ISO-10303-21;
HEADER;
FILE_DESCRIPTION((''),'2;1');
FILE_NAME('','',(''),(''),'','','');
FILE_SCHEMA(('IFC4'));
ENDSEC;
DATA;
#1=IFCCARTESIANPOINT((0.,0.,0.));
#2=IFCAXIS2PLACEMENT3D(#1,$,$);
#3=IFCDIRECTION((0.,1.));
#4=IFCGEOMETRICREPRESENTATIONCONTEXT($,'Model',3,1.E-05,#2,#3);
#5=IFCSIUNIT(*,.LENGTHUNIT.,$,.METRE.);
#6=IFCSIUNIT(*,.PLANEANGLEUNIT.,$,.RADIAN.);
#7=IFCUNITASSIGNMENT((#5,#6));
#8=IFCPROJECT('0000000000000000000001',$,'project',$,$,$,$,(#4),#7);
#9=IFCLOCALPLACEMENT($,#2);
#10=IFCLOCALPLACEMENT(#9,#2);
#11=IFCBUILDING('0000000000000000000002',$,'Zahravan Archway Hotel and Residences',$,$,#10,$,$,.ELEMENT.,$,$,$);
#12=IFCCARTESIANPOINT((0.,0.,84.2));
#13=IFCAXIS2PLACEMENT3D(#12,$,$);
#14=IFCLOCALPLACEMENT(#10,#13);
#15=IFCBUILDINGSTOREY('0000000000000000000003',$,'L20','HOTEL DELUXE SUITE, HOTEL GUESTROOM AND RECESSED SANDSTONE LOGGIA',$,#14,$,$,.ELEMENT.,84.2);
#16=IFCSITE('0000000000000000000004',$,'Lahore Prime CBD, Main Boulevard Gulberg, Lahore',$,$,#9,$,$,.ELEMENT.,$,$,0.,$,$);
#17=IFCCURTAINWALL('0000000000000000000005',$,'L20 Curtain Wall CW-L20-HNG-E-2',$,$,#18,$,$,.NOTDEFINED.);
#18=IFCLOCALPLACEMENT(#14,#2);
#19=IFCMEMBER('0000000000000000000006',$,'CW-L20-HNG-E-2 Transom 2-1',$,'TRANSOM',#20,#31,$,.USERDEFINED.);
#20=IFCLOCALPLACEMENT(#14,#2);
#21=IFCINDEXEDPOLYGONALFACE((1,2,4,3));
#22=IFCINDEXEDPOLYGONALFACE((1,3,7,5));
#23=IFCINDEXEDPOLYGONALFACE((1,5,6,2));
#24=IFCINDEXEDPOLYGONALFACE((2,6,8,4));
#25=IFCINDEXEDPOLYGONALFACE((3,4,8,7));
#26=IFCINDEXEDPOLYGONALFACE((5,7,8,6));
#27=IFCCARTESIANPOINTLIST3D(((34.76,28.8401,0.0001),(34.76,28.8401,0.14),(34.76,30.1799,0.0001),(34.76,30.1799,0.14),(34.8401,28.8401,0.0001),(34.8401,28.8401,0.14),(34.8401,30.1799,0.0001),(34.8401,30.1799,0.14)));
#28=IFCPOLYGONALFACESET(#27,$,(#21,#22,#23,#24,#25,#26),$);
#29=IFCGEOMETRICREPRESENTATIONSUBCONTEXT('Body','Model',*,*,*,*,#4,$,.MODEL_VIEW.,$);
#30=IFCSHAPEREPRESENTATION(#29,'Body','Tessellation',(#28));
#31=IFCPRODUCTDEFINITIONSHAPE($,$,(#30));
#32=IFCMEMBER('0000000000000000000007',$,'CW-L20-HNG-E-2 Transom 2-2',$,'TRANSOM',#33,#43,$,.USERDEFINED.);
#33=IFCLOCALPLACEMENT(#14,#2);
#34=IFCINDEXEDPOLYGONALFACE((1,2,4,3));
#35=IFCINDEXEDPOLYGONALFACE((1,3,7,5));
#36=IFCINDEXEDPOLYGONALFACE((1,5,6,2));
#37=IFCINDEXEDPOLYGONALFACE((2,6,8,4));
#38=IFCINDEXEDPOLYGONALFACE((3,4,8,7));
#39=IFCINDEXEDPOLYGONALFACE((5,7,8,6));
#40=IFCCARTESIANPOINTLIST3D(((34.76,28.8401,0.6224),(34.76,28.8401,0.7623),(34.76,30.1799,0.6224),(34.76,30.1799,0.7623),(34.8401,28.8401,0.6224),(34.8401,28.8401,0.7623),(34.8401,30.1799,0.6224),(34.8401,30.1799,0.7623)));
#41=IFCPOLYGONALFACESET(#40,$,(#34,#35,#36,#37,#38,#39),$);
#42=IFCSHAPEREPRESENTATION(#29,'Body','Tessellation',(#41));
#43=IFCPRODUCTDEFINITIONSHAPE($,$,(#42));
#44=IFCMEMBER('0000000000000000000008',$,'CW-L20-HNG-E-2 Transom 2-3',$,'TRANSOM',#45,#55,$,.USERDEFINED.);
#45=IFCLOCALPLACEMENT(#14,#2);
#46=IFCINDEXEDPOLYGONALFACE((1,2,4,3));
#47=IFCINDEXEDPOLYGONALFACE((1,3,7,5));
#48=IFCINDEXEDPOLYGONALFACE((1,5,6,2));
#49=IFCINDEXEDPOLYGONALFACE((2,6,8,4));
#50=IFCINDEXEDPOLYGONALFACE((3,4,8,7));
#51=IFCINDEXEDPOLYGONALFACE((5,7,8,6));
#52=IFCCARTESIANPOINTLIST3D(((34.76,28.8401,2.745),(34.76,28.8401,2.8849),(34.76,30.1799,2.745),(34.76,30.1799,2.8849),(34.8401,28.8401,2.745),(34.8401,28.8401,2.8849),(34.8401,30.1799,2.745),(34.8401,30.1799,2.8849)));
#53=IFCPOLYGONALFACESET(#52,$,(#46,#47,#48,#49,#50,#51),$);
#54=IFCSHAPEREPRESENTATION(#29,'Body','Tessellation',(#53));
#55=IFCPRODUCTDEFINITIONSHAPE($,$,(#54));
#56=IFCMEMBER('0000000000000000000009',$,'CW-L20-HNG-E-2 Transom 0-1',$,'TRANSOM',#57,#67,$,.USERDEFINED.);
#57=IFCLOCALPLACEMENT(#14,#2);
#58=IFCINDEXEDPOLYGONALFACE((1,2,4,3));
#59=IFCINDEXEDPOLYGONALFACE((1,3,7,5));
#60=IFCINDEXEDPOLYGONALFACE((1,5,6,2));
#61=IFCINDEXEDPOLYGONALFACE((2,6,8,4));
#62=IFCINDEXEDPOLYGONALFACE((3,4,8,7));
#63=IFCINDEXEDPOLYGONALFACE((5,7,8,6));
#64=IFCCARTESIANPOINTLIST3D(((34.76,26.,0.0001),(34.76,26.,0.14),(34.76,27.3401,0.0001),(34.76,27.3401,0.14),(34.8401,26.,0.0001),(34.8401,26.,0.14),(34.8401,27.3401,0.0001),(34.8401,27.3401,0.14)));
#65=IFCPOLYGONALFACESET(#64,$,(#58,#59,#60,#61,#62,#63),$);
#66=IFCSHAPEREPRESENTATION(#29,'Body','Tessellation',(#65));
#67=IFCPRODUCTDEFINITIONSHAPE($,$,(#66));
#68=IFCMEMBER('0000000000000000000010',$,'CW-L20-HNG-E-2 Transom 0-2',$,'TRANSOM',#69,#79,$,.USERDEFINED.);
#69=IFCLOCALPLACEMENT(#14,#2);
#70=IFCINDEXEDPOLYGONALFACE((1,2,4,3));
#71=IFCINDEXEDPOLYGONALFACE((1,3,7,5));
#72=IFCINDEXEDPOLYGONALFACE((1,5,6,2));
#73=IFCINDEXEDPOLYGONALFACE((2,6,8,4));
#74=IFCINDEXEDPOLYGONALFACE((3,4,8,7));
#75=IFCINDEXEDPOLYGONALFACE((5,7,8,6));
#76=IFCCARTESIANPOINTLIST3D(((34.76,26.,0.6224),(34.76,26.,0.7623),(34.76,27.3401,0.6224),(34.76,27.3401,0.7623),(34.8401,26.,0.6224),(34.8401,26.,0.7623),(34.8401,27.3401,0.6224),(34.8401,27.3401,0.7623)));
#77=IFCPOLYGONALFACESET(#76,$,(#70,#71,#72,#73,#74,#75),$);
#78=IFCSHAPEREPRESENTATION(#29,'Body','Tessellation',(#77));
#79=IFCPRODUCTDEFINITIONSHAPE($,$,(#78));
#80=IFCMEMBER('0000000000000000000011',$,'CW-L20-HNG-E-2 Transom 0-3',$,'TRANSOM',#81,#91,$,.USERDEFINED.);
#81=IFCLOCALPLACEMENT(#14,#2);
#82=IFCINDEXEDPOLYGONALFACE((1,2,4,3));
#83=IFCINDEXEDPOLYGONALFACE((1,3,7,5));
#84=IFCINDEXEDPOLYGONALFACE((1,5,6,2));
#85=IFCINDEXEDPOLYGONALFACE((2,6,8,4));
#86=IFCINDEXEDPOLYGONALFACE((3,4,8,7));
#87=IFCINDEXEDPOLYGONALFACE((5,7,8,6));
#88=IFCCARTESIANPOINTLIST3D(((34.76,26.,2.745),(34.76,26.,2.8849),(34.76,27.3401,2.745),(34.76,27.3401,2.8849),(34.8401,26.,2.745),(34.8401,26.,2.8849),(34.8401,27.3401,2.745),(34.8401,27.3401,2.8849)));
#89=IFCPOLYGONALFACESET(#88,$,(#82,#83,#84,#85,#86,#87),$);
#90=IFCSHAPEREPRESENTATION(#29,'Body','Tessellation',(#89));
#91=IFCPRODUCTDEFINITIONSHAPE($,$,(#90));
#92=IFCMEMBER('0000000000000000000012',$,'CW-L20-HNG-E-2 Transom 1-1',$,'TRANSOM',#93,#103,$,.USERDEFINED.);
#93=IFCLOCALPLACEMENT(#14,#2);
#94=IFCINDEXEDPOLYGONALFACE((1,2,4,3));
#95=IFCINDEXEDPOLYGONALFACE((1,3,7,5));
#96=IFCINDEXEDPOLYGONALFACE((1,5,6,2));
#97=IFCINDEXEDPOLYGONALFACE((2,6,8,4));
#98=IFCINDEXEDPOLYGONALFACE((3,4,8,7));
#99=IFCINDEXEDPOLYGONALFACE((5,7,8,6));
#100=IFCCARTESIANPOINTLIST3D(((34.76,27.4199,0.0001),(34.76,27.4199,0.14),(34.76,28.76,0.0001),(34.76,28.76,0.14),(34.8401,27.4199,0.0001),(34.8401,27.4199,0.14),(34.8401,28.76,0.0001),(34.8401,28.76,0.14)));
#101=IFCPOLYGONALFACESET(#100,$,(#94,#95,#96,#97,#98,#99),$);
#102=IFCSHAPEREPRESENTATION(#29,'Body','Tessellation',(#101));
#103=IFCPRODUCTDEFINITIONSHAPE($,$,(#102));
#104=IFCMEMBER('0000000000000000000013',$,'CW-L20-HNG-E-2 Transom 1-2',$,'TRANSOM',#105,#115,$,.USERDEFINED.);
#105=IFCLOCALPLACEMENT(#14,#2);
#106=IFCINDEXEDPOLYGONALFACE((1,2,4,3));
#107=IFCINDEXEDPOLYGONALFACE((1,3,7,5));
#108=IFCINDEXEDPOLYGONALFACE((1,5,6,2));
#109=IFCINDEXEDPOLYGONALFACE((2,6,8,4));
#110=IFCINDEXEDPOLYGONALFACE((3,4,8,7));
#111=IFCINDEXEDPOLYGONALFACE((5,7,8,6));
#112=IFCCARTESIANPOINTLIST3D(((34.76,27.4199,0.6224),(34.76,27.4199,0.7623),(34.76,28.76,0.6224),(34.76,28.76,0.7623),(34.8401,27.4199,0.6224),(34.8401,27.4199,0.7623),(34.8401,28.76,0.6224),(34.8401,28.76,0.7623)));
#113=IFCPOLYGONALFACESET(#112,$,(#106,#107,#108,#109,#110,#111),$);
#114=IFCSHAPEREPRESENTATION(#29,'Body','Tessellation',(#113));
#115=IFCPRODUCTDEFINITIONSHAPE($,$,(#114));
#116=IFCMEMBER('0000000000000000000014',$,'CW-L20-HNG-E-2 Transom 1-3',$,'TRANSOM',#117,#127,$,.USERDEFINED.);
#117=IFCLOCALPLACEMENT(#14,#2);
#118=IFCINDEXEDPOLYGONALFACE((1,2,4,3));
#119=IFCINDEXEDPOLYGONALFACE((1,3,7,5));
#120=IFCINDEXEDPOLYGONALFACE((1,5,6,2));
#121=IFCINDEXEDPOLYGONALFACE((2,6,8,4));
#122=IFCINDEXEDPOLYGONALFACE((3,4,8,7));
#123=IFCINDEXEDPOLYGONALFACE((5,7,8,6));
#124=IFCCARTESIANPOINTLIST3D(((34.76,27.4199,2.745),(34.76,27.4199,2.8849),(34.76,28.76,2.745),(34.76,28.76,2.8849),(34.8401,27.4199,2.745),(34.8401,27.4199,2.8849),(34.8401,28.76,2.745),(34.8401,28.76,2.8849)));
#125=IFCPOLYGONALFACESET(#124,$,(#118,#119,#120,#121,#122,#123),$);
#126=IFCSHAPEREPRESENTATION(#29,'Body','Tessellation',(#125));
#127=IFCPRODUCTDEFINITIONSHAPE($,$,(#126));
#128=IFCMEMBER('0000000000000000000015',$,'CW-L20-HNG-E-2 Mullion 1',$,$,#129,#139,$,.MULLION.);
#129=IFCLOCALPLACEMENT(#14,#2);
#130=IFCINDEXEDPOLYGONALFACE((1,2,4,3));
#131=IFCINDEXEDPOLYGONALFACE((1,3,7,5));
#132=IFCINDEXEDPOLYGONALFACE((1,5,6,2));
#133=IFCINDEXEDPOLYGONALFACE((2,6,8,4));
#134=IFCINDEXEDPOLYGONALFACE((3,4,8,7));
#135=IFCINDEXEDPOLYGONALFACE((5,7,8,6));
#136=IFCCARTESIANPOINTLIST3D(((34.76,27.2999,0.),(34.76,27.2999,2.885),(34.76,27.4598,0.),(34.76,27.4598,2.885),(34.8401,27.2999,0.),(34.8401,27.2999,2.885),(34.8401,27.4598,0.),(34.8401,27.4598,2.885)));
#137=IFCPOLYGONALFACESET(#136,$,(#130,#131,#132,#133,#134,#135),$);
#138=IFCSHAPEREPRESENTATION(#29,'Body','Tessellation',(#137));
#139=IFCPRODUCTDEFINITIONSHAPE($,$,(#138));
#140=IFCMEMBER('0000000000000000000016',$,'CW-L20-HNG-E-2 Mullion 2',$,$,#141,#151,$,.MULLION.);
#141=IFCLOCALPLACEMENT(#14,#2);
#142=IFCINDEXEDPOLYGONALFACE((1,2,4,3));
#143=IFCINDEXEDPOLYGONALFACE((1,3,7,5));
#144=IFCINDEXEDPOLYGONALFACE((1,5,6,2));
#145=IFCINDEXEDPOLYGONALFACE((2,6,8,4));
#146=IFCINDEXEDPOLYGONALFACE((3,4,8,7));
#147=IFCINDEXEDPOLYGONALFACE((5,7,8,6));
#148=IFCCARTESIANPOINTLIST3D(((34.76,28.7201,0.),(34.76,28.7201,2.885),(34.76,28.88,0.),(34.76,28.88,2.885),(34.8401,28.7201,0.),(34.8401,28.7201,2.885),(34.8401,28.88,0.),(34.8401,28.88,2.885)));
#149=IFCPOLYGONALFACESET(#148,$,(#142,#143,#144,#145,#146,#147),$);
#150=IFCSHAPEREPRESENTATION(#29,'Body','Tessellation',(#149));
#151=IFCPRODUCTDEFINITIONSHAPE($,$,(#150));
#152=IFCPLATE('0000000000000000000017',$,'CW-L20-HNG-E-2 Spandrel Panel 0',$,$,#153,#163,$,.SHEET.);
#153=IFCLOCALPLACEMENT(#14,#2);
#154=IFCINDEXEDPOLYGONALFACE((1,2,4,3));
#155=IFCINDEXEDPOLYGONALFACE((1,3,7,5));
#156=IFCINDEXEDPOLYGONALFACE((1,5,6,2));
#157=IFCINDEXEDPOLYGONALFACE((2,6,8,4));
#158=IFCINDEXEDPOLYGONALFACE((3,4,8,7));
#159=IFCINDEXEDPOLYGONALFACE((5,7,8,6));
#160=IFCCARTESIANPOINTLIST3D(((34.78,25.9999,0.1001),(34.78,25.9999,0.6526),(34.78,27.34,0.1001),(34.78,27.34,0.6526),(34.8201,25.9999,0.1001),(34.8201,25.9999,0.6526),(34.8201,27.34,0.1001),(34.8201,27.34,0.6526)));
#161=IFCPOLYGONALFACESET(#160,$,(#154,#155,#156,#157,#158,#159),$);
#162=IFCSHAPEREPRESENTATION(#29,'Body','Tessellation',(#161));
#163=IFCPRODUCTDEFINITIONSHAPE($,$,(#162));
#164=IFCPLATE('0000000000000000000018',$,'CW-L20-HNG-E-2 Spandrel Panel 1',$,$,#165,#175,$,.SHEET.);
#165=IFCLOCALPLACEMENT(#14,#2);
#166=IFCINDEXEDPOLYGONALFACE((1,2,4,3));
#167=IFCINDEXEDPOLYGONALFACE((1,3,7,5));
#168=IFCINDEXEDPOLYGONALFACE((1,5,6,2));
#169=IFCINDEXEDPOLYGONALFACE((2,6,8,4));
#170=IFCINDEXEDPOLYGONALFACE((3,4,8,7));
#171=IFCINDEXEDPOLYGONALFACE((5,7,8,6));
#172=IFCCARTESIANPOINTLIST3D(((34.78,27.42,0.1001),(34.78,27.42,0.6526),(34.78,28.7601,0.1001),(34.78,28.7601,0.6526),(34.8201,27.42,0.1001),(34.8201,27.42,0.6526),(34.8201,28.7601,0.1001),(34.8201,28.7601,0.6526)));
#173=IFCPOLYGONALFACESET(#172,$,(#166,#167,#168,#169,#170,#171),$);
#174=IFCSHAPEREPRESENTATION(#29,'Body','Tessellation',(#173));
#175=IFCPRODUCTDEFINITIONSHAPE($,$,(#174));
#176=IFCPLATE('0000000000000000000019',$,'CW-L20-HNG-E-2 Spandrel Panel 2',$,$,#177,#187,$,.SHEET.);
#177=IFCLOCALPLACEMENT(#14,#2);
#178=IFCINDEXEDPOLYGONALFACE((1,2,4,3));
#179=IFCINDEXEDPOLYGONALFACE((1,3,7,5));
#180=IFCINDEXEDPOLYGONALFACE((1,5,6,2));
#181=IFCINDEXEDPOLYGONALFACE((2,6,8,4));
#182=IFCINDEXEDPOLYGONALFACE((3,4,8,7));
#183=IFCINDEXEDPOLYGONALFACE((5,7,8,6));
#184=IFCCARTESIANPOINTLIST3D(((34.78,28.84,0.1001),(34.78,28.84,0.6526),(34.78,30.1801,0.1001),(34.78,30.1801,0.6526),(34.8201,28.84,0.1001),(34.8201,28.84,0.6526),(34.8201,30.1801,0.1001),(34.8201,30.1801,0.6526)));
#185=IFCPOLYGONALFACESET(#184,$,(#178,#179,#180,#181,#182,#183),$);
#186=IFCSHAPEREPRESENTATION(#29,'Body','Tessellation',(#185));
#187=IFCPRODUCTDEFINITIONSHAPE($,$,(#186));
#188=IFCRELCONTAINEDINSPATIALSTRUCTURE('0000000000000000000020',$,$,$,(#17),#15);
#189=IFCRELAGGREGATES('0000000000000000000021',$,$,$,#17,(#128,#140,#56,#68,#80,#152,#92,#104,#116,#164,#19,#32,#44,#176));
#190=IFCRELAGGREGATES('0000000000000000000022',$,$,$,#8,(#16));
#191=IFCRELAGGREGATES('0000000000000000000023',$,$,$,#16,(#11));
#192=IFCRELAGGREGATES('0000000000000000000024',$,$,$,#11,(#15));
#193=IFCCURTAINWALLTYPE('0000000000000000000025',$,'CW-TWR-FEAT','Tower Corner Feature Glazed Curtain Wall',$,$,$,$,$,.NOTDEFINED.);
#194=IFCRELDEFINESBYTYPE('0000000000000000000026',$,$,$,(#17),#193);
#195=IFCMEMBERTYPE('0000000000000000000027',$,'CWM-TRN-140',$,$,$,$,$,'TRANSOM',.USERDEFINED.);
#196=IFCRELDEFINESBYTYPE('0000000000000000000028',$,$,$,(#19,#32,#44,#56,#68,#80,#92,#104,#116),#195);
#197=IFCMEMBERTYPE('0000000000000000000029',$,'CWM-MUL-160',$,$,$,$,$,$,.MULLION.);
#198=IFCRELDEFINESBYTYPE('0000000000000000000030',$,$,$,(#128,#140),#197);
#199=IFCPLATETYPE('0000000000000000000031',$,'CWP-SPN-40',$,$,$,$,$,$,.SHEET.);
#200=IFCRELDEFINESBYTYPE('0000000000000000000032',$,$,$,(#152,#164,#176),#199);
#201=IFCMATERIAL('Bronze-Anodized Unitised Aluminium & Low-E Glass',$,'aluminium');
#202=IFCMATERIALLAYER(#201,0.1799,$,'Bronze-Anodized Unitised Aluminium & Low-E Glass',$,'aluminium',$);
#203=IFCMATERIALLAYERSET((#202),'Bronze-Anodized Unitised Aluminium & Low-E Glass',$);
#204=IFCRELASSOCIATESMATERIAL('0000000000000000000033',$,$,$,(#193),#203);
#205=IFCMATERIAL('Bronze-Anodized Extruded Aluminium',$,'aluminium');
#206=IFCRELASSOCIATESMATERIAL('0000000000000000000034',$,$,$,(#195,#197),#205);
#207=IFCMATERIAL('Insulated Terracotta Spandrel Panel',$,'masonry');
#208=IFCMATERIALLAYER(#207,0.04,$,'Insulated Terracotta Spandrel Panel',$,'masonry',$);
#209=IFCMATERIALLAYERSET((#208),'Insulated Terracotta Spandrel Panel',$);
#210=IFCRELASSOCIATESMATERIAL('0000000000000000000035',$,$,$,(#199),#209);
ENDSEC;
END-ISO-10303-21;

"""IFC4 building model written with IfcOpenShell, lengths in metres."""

from ifc_helpers import new_model, si_unit, direction, frame, origin, origin_2d, place, context, subcontext, project, spatial, rectangle, extrude, source, transform, mapped, material, layer, layer_set, material_profile, profile_set, type_object, element, aggregate, save


model = new_model("IFC4")

# Units and contexts
model_context = context("Model", 3, precision=1e-05, world=origin(), true_north=direction((0.0, 1.0)))
body_context = subcontext(model_context, "Body", "Model", "MODEL_VIEW")
ifc_project = project(units=[si_unit("LENGTHUNIT", "METRE"), si_unit("PLANEANGLEUNIT", "RADIAN")], contexts=[model_context])

# Site, building, storey
site_placement = place(None, origin())
site = spatial("IfcSite", under=ifc_project, at=site_placement, Name="Lahore Prime CBD, Main Boulevard Gulberg, Lahore", CompositionType="ELEMENT", RefElevation=0.0)
building_placement = place(site_placement, origin())
building = spatial("IfcBuilding", under=site, at=building_placement, Name="Zahravan Archway Hotel and Residences", CompositionType="ELEMENT")
storey_placement = place(building_placement, frame((0.0, 0.0, 84.2)))
storey = spatial("IfcBuildingStorey", under=building, at=storey_placement, Name="L20", Description="HOTEL DELUXE SUITE, HOTEL GUESTROOM AND RECESSED SANDSTONE LOGGIA", CompositionType="ELEMENT", Elevation=84.2)

# Curtain wall, members, plates
ifc_material_1 = material(Name="Bronze-Anodized Unitised Aluminium & Low-E Glass", Category="aluminium")
ifc_layer_1 = layer(ifc_material_1, 0.1799, Name="Bronze-Anodized Unitised Aluminium & Low-E Glass", Category="aluminium")
ifc_layer_set_1 = layer_set([ifc_layer_1], Name="Bronze-Anodized Unitised Aluminium & Low-E Glass")
curtain_wall_type = type_object("IfcCurtainWallType", Name="CW-TWR-FEAT", Description="Tower Corner Feature Glazed Curtain Wall", PredefinedType="NOTDEFINED", material=ifc_layer_set_1)
curtain_wall_placement = place(storey_placement, origin())
curtain_wall = element("IfcCurtainWall", 1, at=curtain_wall_placement, inside=storey, type_object=curtain_wall_type, Name="L20 Curtain Wall CW-L20-HNG-E-2", PredefinedType="NOTDEFINED")
ifc_material_2 = material(Name="Bronze-Anodized Extruded Aluminium", Category="aluminium")
ifc_material_profile_1 = material_profile(ifc_material_2, rectangle(XDim=0.0801, YDim=0.1399, at=origin_2d()), Name="TRN 80x140", Category="aluminium")
ifc_profile_set_1 = profile_set([ifc_material_profile_1], Name="Bronze-Anodized Extruded Aluminium")
member_type_1 = type_object("IfcMemberType", Name="CWM-TRN-140", ElementType="TRANSOM", PredefinedType="USERDEFINED", material=ifc_profile_set_1)
shared_shape_1 = source(origin(), body_context, "Body", "SweptSolid", [
    extrude(rectangle(XDim=0.0801, YDim=0.1399, at=origin_2d()), origin(), (0.0, 0.0, 1.0), 1.3398),
])
member_1_placement = place(storey_placement, frame((34.8, 28.8401, 0.0701), z_axis=(0.0, 1.0, 0.0), x_axis=(-1.0, 0.0, 0.0)))
member_1 = element("IfcMember", 2, at=member_1_placement, type_object=member_type_1, Name="CW-L20-HNG-E-2 Transom 2-1", ObjectType="TRANSOM", PredefinedType="USERDEFINED", context=body_context, shape_type="MappedRepresentation", body=[
    mapped(shared_shape_1, transform((0.0, 0.0, 0.0), scale=1.0)),
])
member_2_placement = place(storey_placement, frame((34.8, 28.8401, 0.6924), z_axis=(0.0, 1.0, 0.0), x_axis=(-1.0, 0.0, 0.0)))
member_2 = element("IfcMember", 3, at=member_2_placement, type_object=member_type_1, Name="CW-L20-HNG-E-2 Transom 2-2", ObjectType="TRANSOM", PredefinedType="USERDEFINED", context=body_context, shape_type="MappedRepresentation", body=[
    mapped(shared_shape_1, transform((0.0, 0.0, 0.0), scale=1.0)),
])
member_3_placement = place(storey_placement, frame((34.8, 28.8401, 2.8149), z_axis=(0.0, 1.0, 0.0), x_axis=(-1.0, 0.0, 0.0)))
member_3 = element("IfcMember", 4, at=member_3_placement, type_object=member_type_1, Name="CW-L20-HNG-E-2 Transom 2-3", ObjectType="TRANSOM", PredefinedType="USERDEFINED", context=body_context, shape_type="MappedRepresentation", body=[
    mapped(shared_shape_1, transform((0.0, 0.0, 0.0), scale=1.0)),
])
shared_shape_2 = source(origin(), body_context, "Body", "SweptSolid", [
    extrude(rectangle(XDim=0.0801, YDim=0.1399, at=origin_2d()), origin(), (0.0, 0.0, 1.0), 1.3401),
])
member_4_placement = place(storey_placement, frame((34.8, 26.0, 0.0701), z_axis=(0.0, 1.0, 0.0), x_axis=(-1.0, 0.0, 0.0)))
member_4 = element("IfcMember", 5, at=member_4_placement, type_object=member_type_1, Name="CW-L20-HNG-E-2 Transom 0-1", ObjectType="TRANSOM", PredefinedType="USERDEFINED", context=body_context, shape_type="MappedRepresentation", body=[
    mapped(shared_shape_2, transform((0.0, 0.0, 0.0), scale=1.0)),
])
member_5_placement = place(storey_placement, frame((34.8, 26.0, 0.6924), z_axis=(0.0, 1.0, 0.0), x_axis=(-1.0, 0.0, 0.0)))
member_5 = element("IfcMember", 6, at=member_5_placement, type_object=member_type_1, Name="CW-L20-HNG-E-2 Transom 0-2", ObjectType="TRANSOM", PredefinedType="USERDEFINED", context=body_context, shape_type="MappedRepresentation", body=[
    mapped(shared_shape_2, transform((0.0, 0.0, 0.0), scale=1.0)),
])
member_6_placement = place(storey_placement, frame((34.8, 26.0, 2.8149), z_axis=(0.0, 1.0, 0.0), x_axis=(-1.0, 0.0, 0.0)))
member_6 = element("IfcMember", 7, at=member_6_placement, type_object=member_type_1, Name="CW-L20-HNG-E-2 Transom 0-3", ObjectType="TRANSOM", PredefinedType="USERDEFINED", context=body_context, shape_type="MappedRepresentation", body=[
    mapped(shared_shape_2, transform((0.0, 0.0, 0.0), scale=1.0)),
])
member_7_placement = place(storey_placement, frame((34.8, 27.4199, 0.0701), z_axis=(0.0, 1.0, 0.0), x_axis=(-1.0, 0.0, 0.0)))
member_7 = element("IfcMember", 8, at=member_7_placement, type_object=member_type_1, Name="CW-L20-HNG-E-2 Transom 1-1", ObjectType="TRANSOM", PredefinedType="USERDEFINED", context=body_context, shape_type="MappedRepresentation", body=[
    mapped(shared_shape_2, transform((0.0, 0.0, 0.0), scale=1.0)),
])
member_8_placement = place(storey_placement, frame((34.8, 27.4199, 0.6924), z_axis=(0.0, 1.0, 0.0), x_axis=(-1.0, 0.0, 0.0)))
member_8 = element("IfcMember", 9, at=member_8_placement, type_object=member_type_1, Name="CW-L20-HNG-E-2 Transom 1-2", ObjectType="TRANSOM", PredefinedType="USERDEFINED", context=body_context, shape_type="MappedRepresentation", body=[
    mapped(shared_shape_2, transform((0.0, 0.0, 0.0), scale=1.0)),
])
member_9_placement = place(storey_placement, frame((34.8, 27.4199, 2.8149), z_axis=(0.0, 1.0, 0.0), x_axis=(-1.0, 0.0, 0.0)))
member_9 = element("IfcMember", 10, at=member_9_placement, type_object=member_type_1, Name="CW-L20-HNG-E-2 Transom 1-3", ObjectType="TRANSOM", PredefinedType="USERDEFINED", context=body_context, shape_type="MappedRepresentation", body=[
    mapped(shared_shape_2, transform((0.0, 0.0, 0.0), scale=1.0)),
])
ifc_material_profile_2 = material_profile(ifc_material_2, rectangle(XDim=0.0801, YDim=0.1599, at=origin_2d()), Name="MUL 80x160", Category="aluminium")
ifc_profile_set_2 = profile_set([ifc_material_profile_2], Name="Bronze-Anodized Extruded Aluminium")
member_type_2 = type_object("IfcMemberType", Name="CWM-MUL-160", PredefinedType="MULLION", material=ifc_profile_set_2)
shared_shape_3 = source(origin(), body_context, "Body", "SweptSolid", [
    extrude(rectangle(XDim=0.0801, YDim=0.1599, at=origin_2d()), origin(), (0.0, 0.0, 1.0), 2.885),
])
member_10_placement = place(storey_placement, frame((34.8, 27.3799, 0.0), z_axis=(0.0, 0.0, 1.0), x_axis=(1.0, 0.0, 0.0)))
member_10 = element("IfcMember", 11, at=member_10_placement, type_object=member_type_2, Name="CW-L20-HNG-E-2 Mullion 1", PredefinedType="MULLION", context=body_context, shape_type="MappedRepresentation", body=[
    mapped(shared_shape_3, transform((0.0, 0.0, 0.0), scale=1.0)),
])
member_11_placement = place(storey_placement, frame((34.8, 28.8, 0.0), z_axis=(0.0, 0.0, 1.0), x_axis=(1.0, 0.0, 0.0)))
member_11 = element("IfcMember", 12, at=member_11_placement, type_object=member_type_2, Name="CW-L20-HNG-E-2 Mullion 2", PredefinedType="MULLION", context=body_context, shape_type="MappedRepresentation", body=[
    mapped(shared_shape_3, transform((0.0, 0.0, 0.0), scale=1.0)),
])
ifc_material_3 = material(Name="Insulated Terracotta Spandrel Panel", Category="masonry")
ifc_layer_2 = layer(ifc_material_3, 0.04, Name="Insulated Terracotta Spandrel Panel", Category="masonry")
ifc_layer_set_2 = layer_set([ifc_layer_2], Name="Insulated Terracotta Spandrel Panel")
plate_type_1 = type_object("IfcPlateType", Name="CWP-SPN-40", PredefinedType="SHEET", material=ifc_layer_set_2)
shared_shape_4 = source(origin(), body_context, "Body", "SweptSolid", [
    extrude(rectangle(XDim=1.3401, YDim=0.04, at=origin_2d()), origin(), (0.0, 0.0, 1.0), 0.5525),
])
plate_1_placement = place(storey_placement, frame((34.8, 26.6699, 0.1001), z_axis=(0.0, 0.0, 1.0), x_axis=(0.0, 1.0, 0.0)))
plate_1 = element("IfcPlate", 13, at=plate_1_placement, type_object=plate_type_1, Name="CW-L20-HNG-E-2 Spandrel Panel 0", PredefinedType="SHEET", context=body_context, shape_type="MappedRepresentation", body=[
    mapped(shared_shape_4, transform((0.0, 0.0, 0.0), scale=1.0)),
])
plate_2_placement = place(storey_placement, frame((34.8, 28.0901, 0.1001), z_axis=(0.0, 0.0, 1.0), x_axis=(0.0, 1.0, 0.0)))
plate_2 = element("IfcPlate", 14, at=plate_2_placement, type_object=plate_type_1, Name="CW-L20-HNG-E-2 Spandrel Panel 1", PredefinedType="SHEET", context=body_context, shape_type="MappedRepresentation", body=[
    mapped(shared_shape_4, transform((0.0, 0.0, 0.0), scale=1.0)),
])
plate_3_placement = place(storey_placement, frame((34.8, 29.51, 0.1001), z_axis=(0.0, 0.0, 1.0), x_axis=(0.0, 1.0, 0.0)))
plate_3 = element("IfcPlate", 15, at=plate_3_placement, type_object=plate_type_1, Name="CW-L20-HNG-E-2 Spandrel Panel 2", PredefinedType="SHEET", context=body_context, shape_type="MappedRepresentation", body=[
    mapped(shared_shape_4, transform((0.0, 0.0, 0.0), scale=1.0)),
])
aggregate(curtain_wall, [member_10, member_11, member_4, member_5, member_6, plate_1, member_7, member_8, member_9, plate_2, member_1, member_2, member_3, plate_3])

save(model, "model.ifc")
